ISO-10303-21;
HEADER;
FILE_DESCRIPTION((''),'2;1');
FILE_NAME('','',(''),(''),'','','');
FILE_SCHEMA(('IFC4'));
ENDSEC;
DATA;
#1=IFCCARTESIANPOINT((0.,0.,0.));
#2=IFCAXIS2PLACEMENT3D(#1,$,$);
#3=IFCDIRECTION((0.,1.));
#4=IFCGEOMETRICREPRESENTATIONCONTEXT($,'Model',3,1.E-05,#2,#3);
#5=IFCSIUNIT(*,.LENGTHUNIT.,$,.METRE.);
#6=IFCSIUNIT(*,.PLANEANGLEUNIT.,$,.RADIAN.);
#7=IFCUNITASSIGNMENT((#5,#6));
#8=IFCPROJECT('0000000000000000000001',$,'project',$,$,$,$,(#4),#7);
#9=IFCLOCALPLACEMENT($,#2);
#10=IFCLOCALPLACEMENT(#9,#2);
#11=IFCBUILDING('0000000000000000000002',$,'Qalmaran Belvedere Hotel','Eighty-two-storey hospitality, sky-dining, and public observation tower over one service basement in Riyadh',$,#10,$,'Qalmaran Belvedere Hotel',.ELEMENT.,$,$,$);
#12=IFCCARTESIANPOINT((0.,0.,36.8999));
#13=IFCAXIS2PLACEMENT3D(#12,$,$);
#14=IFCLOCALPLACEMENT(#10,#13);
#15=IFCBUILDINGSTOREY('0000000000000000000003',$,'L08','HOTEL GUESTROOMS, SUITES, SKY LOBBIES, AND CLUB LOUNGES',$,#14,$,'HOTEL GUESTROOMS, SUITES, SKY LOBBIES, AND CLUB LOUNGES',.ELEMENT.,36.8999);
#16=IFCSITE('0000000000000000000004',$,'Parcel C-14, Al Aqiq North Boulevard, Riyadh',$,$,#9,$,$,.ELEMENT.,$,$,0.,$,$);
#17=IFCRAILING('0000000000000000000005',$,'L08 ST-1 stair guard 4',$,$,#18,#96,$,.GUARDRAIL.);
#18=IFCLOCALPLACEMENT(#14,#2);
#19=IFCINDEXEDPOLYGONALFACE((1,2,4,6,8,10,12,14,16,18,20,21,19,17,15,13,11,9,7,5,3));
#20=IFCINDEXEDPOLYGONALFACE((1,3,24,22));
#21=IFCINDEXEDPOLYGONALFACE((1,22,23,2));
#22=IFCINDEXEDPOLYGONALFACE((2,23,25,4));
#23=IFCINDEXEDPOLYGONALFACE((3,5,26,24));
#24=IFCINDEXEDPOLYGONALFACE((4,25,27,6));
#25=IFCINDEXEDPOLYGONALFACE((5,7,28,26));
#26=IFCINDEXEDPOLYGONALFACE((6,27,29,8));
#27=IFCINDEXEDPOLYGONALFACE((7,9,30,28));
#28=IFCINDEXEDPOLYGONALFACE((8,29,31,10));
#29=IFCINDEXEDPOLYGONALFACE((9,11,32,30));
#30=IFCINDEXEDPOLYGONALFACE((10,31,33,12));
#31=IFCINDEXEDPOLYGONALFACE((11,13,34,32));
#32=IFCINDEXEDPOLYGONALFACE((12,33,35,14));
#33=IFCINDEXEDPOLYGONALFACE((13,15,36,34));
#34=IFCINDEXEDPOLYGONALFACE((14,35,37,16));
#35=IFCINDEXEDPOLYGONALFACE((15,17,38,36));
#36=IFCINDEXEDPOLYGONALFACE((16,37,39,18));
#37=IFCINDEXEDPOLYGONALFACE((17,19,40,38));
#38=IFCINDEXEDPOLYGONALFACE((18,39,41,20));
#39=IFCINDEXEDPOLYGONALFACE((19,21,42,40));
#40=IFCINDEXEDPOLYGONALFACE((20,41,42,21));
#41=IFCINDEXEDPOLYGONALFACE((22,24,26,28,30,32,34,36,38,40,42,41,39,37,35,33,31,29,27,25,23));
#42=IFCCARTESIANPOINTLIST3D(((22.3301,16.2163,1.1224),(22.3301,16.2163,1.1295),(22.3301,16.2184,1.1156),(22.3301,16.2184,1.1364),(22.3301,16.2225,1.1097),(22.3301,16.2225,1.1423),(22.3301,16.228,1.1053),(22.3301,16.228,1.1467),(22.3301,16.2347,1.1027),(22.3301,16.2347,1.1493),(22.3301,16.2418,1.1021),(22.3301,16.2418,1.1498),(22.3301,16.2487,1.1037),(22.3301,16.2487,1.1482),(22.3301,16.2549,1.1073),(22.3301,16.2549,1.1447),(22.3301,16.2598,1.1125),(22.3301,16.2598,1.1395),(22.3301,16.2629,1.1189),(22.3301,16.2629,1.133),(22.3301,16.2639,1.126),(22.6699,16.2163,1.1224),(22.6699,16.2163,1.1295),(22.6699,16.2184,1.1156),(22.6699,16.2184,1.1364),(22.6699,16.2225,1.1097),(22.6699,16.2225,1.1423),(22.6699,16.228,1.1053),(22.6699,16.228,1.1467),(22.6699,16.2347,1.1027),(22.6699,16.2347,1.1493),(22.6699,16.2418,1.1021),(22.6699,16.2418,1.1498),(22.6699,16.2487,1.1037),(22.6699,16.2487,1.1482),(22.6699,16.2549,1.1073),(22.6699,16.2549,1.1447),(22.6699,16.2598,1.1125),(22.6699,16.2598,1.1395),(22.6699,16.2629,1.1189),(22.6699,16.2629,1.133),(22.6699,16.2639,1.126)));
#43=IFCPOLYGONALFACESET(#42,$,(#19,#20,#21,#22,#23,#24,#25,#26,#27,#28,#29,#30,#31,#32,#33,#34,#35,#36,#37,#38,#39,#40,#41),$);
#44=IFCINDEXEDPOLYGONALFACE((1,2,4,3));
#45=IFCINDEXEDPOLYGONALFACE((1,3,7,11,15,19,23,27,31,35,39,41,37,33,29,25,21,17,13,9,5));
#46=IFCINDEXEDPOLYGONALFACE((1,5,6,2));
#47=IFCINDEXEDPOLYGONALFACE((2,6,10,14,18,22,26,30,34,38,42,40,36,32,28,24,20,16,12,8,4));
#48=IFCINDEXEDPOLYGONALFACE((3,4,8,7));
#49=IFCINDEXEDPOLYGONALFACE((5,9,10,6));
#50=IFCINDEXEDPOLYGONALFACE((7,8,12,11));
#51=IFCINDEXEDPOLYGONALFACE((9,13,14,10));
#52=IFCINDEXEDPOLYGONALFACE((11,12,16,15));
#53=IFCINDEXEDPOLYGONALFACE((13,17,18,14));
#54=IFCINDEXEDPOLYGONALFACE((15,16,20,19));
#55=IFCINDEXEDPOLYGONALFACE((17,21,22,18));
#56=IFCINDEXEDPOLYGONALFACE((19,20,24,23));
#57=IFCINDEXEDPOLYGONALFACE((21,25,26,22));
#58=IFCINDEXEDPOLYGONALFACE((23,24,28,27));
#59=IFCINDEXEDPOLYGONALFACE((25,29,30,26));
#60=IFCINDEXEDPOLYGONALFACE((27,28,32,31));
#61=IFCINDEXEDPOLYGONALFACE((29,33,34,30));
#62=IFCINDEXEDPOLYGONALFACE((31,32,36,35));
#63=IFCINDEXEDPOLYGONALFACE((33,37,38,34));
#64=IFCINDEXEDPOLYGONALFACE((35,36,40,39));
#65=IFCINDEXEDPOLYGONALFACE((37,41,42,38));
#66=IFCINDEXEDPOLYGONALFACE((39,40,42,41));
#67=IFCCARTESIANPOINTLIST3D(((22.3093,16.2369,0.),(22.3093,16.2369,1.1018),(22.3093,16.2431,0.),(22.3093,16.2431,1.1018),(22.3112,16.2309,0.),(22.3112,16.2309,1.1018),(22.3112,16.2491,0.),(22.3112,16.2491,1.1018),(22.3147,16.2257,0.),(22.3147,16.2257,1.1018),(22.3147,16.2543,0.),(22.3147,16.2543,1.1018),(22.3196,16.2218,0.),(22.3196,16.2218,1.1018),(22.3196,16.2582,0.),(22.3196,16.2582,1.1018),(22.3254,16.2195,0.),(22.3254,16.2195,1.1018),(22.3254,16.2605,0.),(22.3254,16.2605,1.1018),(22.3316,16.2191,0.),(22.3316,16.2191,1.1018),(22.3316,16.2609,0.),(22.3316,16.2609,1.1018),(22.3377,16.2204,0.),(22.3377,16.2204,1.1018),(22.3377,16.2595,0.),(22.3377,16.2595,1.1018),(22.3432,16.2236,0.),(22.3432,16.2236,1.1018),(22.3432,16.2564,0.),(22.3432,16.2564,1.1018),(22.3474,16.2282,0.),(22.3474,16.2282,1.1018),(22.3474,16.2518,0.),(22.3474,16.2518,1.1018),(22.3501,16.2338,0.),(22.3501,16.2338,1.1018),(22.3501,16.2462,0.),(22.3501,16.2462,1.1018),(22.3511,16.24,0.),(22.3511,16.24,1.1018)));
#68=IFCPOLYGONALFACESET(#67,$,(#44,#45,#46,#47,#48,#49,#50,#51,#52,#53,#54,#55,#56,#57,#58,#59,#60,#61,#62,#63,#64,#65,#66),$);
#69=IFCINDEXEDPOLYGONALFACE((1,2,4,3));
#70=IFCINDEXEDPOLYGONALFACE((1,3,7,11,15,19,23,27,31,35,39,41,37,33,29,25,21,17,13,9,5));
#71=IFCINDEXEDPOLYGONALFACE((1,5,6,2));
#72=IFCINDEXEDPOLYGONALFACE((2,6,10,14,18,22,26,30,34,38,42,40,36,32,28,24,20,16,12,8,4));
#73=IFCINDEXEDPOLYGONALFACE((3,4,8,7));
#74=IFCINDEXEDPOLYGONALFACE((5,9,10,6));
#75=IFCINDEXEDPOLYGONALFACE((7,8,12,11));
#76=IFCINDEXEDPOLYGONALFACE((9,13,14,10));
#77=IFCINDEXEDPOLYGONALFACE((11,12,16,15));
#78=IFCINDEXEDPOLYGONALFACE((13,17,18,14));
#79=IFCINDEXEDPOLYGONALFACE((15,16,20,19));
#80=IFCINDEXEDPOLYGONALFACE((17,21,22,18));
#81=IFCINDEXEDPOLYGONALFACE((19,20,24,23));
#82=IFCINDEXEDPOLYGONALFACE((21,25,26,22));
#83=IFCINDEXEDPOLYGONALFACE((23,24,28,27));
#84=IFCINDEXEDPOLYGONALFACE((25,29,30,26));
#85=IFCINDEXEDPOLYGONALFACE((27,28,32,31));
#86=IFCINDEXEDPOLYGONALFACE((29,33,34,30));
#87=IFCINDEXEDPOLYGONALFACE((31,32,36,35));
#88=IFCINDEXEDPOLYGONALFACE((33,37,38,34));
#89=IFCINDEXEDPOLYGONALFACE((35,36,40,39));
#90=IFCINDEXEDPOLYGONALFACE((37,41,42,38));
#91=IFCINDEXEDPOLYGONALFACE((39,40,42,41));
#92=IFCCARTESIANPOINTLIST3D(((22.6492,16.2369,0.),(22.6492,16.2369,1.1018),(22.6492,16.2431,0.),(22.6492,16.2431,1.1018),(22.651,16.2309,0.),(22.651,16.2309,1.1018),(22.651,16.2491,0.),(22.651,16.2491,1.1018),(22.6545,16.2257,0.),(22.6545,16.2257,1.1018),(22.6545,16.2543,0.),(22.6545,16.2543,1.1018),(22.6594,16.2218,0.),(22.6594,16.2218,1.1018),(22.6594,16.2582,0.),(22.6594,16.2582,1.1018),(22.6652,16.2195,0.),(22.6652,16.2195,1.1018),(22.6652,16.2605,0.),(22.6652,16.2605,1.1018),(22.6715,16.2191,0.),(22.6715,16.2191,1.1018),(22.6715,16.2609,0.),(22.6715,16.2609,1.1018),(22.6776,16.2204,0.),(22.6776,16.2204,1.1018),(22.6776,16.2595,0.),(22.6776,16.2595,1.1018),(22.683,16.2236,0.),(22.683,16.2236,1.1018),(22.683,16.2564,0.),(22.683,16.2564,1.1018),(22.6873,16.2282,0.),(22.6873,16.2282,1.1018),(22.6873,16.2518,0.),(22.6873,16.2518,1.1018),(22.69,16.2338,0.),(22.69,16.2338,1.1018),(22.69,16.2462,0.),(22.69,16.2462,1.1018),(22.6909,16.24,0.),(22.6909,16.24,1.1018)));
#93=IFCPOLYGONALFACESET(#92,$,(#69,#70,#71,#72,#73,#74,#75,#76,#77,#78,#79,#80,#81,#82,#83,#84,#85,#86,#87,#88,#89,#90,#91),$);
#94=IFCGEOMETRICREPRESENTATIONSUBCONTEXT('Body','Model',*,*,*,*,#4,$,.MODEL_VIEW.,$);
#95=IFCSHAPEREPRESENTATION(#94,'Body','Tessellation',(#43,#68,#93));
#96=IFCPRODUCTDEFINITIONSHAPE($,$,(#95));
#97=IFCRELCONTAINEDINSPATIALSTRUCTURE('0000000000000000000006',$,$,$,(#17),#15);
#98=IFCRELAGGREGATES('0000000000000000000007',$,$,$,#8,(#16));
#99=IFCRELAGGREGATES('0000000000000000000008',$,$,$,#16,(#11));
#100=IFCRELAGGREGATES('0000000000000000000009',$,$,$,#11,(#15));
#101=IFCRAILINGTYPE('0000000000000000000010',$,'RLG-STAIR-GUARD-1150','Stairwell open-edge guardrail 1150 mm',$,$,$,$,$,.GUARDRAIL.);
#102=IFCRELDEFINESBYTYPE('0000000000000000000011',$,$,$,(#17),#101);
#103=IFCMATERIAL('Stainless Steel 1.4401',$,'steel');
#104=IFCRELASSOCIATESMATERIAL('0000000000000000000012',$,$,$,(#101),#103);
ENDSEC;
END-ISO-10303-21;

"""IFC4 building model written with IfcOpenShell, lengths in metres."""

from ifc_helpers import new_model, si_unit, direction, frame, origin, origin_2d, place, context, subcontext, project, spatial, circle, extrude, material, type_object, element, save


model = new_model("IFC4")

# Units and contexts
model_context = context("Model", 3, precision=1e-05, world=origin(), true_north=direction((0.0, 1.0)))
body_context = subcontext(model_context, "Body", "Model", "MODEL_VIEW")
ifc_project = project(units=[si_unit("LENGTHUNIT", "METRE"), si_unit("PLANEANGLEUNIT", "RADIAN")], contexts=[model_context])

# Site, building, storey
site_placement = place(None, origin())
site = spatial("IfcSite", under=ifc_project, at=site_placement, Name="Parcel C-14, Al Aqiq North Boulevard, Riyadh", CompositionType="ELEMENT", RefElevation=0.0)
building_placement = place(site_placement, origin())
building = spatial("IfcBuilding", under=site, at=building_placement, Name="Qalmaran Belvedere Hotel", Description="Eighty-two-storey hospitality, sky-dining, and public observation tower over one service basement in Riyadh", LongName="Qalmaran Belvedere Hotel", CompositionType="ELEMENT")
storey_placement = place(building_placement, frame((0.0, 0.0, 36.8999)))
storey = spatial("IfcBuildingStorey", under=building, at=storey_placement, Name="L08", Description="HOTEL GUESTROOMS, SUITES, SKY LOBBIES, AND CLUB LOUNGES", LongName="HOTEL GUESTROOMS, SUITES, SKY LOBBIES, AND CLUB LOUNGES", CompositionType="ELEMENT", Elevation=36.8999)

# Railing
ifc_material_1 = material(Name="Stainless Steel 1.4401", Category="steel")
railing_type_1 = type_object("IfcRailingType", Name="RLG-STAIR-GUARD-1150", Description="Stairwell open-edge guardrail 1150 mm", PredefinedType="GUARDRAIL", material=ifc_material_1)
railing_1_placement = place(storey_placement, frame((22.3301, 16.24, 0.0)))
element("IfcRailing", 1, at=railing_1_placement, inside=storey, type_object=railing_type_1, Name="L08 ST-1 stair guard 4", PredefinedType="GUARDRAIL", context=body_context, shape_type="SweptSolid", body=[
    extrude(circle(Radius=0.0239, at=origin_2d()), frame((0.0, 0.0, 1.126), z_axis=(1.0, 0.0, 0.0), x_axis=(0.0, 1.0, 0.0)), (0.0, 0.0, 1.0), 0.3398),
    extrude(circle(Radius=0.021, at=origin_2d()), origin(), (0.0, 0.0, 1.0), 1.1018),
    extrude(circle(Radius=0.021, at=origin_2d()), frame((0.3398, 0.0, 0.0)), (0.0, 0.0, 1.0), 1.1018),
])

save(model, "model.ifc")
